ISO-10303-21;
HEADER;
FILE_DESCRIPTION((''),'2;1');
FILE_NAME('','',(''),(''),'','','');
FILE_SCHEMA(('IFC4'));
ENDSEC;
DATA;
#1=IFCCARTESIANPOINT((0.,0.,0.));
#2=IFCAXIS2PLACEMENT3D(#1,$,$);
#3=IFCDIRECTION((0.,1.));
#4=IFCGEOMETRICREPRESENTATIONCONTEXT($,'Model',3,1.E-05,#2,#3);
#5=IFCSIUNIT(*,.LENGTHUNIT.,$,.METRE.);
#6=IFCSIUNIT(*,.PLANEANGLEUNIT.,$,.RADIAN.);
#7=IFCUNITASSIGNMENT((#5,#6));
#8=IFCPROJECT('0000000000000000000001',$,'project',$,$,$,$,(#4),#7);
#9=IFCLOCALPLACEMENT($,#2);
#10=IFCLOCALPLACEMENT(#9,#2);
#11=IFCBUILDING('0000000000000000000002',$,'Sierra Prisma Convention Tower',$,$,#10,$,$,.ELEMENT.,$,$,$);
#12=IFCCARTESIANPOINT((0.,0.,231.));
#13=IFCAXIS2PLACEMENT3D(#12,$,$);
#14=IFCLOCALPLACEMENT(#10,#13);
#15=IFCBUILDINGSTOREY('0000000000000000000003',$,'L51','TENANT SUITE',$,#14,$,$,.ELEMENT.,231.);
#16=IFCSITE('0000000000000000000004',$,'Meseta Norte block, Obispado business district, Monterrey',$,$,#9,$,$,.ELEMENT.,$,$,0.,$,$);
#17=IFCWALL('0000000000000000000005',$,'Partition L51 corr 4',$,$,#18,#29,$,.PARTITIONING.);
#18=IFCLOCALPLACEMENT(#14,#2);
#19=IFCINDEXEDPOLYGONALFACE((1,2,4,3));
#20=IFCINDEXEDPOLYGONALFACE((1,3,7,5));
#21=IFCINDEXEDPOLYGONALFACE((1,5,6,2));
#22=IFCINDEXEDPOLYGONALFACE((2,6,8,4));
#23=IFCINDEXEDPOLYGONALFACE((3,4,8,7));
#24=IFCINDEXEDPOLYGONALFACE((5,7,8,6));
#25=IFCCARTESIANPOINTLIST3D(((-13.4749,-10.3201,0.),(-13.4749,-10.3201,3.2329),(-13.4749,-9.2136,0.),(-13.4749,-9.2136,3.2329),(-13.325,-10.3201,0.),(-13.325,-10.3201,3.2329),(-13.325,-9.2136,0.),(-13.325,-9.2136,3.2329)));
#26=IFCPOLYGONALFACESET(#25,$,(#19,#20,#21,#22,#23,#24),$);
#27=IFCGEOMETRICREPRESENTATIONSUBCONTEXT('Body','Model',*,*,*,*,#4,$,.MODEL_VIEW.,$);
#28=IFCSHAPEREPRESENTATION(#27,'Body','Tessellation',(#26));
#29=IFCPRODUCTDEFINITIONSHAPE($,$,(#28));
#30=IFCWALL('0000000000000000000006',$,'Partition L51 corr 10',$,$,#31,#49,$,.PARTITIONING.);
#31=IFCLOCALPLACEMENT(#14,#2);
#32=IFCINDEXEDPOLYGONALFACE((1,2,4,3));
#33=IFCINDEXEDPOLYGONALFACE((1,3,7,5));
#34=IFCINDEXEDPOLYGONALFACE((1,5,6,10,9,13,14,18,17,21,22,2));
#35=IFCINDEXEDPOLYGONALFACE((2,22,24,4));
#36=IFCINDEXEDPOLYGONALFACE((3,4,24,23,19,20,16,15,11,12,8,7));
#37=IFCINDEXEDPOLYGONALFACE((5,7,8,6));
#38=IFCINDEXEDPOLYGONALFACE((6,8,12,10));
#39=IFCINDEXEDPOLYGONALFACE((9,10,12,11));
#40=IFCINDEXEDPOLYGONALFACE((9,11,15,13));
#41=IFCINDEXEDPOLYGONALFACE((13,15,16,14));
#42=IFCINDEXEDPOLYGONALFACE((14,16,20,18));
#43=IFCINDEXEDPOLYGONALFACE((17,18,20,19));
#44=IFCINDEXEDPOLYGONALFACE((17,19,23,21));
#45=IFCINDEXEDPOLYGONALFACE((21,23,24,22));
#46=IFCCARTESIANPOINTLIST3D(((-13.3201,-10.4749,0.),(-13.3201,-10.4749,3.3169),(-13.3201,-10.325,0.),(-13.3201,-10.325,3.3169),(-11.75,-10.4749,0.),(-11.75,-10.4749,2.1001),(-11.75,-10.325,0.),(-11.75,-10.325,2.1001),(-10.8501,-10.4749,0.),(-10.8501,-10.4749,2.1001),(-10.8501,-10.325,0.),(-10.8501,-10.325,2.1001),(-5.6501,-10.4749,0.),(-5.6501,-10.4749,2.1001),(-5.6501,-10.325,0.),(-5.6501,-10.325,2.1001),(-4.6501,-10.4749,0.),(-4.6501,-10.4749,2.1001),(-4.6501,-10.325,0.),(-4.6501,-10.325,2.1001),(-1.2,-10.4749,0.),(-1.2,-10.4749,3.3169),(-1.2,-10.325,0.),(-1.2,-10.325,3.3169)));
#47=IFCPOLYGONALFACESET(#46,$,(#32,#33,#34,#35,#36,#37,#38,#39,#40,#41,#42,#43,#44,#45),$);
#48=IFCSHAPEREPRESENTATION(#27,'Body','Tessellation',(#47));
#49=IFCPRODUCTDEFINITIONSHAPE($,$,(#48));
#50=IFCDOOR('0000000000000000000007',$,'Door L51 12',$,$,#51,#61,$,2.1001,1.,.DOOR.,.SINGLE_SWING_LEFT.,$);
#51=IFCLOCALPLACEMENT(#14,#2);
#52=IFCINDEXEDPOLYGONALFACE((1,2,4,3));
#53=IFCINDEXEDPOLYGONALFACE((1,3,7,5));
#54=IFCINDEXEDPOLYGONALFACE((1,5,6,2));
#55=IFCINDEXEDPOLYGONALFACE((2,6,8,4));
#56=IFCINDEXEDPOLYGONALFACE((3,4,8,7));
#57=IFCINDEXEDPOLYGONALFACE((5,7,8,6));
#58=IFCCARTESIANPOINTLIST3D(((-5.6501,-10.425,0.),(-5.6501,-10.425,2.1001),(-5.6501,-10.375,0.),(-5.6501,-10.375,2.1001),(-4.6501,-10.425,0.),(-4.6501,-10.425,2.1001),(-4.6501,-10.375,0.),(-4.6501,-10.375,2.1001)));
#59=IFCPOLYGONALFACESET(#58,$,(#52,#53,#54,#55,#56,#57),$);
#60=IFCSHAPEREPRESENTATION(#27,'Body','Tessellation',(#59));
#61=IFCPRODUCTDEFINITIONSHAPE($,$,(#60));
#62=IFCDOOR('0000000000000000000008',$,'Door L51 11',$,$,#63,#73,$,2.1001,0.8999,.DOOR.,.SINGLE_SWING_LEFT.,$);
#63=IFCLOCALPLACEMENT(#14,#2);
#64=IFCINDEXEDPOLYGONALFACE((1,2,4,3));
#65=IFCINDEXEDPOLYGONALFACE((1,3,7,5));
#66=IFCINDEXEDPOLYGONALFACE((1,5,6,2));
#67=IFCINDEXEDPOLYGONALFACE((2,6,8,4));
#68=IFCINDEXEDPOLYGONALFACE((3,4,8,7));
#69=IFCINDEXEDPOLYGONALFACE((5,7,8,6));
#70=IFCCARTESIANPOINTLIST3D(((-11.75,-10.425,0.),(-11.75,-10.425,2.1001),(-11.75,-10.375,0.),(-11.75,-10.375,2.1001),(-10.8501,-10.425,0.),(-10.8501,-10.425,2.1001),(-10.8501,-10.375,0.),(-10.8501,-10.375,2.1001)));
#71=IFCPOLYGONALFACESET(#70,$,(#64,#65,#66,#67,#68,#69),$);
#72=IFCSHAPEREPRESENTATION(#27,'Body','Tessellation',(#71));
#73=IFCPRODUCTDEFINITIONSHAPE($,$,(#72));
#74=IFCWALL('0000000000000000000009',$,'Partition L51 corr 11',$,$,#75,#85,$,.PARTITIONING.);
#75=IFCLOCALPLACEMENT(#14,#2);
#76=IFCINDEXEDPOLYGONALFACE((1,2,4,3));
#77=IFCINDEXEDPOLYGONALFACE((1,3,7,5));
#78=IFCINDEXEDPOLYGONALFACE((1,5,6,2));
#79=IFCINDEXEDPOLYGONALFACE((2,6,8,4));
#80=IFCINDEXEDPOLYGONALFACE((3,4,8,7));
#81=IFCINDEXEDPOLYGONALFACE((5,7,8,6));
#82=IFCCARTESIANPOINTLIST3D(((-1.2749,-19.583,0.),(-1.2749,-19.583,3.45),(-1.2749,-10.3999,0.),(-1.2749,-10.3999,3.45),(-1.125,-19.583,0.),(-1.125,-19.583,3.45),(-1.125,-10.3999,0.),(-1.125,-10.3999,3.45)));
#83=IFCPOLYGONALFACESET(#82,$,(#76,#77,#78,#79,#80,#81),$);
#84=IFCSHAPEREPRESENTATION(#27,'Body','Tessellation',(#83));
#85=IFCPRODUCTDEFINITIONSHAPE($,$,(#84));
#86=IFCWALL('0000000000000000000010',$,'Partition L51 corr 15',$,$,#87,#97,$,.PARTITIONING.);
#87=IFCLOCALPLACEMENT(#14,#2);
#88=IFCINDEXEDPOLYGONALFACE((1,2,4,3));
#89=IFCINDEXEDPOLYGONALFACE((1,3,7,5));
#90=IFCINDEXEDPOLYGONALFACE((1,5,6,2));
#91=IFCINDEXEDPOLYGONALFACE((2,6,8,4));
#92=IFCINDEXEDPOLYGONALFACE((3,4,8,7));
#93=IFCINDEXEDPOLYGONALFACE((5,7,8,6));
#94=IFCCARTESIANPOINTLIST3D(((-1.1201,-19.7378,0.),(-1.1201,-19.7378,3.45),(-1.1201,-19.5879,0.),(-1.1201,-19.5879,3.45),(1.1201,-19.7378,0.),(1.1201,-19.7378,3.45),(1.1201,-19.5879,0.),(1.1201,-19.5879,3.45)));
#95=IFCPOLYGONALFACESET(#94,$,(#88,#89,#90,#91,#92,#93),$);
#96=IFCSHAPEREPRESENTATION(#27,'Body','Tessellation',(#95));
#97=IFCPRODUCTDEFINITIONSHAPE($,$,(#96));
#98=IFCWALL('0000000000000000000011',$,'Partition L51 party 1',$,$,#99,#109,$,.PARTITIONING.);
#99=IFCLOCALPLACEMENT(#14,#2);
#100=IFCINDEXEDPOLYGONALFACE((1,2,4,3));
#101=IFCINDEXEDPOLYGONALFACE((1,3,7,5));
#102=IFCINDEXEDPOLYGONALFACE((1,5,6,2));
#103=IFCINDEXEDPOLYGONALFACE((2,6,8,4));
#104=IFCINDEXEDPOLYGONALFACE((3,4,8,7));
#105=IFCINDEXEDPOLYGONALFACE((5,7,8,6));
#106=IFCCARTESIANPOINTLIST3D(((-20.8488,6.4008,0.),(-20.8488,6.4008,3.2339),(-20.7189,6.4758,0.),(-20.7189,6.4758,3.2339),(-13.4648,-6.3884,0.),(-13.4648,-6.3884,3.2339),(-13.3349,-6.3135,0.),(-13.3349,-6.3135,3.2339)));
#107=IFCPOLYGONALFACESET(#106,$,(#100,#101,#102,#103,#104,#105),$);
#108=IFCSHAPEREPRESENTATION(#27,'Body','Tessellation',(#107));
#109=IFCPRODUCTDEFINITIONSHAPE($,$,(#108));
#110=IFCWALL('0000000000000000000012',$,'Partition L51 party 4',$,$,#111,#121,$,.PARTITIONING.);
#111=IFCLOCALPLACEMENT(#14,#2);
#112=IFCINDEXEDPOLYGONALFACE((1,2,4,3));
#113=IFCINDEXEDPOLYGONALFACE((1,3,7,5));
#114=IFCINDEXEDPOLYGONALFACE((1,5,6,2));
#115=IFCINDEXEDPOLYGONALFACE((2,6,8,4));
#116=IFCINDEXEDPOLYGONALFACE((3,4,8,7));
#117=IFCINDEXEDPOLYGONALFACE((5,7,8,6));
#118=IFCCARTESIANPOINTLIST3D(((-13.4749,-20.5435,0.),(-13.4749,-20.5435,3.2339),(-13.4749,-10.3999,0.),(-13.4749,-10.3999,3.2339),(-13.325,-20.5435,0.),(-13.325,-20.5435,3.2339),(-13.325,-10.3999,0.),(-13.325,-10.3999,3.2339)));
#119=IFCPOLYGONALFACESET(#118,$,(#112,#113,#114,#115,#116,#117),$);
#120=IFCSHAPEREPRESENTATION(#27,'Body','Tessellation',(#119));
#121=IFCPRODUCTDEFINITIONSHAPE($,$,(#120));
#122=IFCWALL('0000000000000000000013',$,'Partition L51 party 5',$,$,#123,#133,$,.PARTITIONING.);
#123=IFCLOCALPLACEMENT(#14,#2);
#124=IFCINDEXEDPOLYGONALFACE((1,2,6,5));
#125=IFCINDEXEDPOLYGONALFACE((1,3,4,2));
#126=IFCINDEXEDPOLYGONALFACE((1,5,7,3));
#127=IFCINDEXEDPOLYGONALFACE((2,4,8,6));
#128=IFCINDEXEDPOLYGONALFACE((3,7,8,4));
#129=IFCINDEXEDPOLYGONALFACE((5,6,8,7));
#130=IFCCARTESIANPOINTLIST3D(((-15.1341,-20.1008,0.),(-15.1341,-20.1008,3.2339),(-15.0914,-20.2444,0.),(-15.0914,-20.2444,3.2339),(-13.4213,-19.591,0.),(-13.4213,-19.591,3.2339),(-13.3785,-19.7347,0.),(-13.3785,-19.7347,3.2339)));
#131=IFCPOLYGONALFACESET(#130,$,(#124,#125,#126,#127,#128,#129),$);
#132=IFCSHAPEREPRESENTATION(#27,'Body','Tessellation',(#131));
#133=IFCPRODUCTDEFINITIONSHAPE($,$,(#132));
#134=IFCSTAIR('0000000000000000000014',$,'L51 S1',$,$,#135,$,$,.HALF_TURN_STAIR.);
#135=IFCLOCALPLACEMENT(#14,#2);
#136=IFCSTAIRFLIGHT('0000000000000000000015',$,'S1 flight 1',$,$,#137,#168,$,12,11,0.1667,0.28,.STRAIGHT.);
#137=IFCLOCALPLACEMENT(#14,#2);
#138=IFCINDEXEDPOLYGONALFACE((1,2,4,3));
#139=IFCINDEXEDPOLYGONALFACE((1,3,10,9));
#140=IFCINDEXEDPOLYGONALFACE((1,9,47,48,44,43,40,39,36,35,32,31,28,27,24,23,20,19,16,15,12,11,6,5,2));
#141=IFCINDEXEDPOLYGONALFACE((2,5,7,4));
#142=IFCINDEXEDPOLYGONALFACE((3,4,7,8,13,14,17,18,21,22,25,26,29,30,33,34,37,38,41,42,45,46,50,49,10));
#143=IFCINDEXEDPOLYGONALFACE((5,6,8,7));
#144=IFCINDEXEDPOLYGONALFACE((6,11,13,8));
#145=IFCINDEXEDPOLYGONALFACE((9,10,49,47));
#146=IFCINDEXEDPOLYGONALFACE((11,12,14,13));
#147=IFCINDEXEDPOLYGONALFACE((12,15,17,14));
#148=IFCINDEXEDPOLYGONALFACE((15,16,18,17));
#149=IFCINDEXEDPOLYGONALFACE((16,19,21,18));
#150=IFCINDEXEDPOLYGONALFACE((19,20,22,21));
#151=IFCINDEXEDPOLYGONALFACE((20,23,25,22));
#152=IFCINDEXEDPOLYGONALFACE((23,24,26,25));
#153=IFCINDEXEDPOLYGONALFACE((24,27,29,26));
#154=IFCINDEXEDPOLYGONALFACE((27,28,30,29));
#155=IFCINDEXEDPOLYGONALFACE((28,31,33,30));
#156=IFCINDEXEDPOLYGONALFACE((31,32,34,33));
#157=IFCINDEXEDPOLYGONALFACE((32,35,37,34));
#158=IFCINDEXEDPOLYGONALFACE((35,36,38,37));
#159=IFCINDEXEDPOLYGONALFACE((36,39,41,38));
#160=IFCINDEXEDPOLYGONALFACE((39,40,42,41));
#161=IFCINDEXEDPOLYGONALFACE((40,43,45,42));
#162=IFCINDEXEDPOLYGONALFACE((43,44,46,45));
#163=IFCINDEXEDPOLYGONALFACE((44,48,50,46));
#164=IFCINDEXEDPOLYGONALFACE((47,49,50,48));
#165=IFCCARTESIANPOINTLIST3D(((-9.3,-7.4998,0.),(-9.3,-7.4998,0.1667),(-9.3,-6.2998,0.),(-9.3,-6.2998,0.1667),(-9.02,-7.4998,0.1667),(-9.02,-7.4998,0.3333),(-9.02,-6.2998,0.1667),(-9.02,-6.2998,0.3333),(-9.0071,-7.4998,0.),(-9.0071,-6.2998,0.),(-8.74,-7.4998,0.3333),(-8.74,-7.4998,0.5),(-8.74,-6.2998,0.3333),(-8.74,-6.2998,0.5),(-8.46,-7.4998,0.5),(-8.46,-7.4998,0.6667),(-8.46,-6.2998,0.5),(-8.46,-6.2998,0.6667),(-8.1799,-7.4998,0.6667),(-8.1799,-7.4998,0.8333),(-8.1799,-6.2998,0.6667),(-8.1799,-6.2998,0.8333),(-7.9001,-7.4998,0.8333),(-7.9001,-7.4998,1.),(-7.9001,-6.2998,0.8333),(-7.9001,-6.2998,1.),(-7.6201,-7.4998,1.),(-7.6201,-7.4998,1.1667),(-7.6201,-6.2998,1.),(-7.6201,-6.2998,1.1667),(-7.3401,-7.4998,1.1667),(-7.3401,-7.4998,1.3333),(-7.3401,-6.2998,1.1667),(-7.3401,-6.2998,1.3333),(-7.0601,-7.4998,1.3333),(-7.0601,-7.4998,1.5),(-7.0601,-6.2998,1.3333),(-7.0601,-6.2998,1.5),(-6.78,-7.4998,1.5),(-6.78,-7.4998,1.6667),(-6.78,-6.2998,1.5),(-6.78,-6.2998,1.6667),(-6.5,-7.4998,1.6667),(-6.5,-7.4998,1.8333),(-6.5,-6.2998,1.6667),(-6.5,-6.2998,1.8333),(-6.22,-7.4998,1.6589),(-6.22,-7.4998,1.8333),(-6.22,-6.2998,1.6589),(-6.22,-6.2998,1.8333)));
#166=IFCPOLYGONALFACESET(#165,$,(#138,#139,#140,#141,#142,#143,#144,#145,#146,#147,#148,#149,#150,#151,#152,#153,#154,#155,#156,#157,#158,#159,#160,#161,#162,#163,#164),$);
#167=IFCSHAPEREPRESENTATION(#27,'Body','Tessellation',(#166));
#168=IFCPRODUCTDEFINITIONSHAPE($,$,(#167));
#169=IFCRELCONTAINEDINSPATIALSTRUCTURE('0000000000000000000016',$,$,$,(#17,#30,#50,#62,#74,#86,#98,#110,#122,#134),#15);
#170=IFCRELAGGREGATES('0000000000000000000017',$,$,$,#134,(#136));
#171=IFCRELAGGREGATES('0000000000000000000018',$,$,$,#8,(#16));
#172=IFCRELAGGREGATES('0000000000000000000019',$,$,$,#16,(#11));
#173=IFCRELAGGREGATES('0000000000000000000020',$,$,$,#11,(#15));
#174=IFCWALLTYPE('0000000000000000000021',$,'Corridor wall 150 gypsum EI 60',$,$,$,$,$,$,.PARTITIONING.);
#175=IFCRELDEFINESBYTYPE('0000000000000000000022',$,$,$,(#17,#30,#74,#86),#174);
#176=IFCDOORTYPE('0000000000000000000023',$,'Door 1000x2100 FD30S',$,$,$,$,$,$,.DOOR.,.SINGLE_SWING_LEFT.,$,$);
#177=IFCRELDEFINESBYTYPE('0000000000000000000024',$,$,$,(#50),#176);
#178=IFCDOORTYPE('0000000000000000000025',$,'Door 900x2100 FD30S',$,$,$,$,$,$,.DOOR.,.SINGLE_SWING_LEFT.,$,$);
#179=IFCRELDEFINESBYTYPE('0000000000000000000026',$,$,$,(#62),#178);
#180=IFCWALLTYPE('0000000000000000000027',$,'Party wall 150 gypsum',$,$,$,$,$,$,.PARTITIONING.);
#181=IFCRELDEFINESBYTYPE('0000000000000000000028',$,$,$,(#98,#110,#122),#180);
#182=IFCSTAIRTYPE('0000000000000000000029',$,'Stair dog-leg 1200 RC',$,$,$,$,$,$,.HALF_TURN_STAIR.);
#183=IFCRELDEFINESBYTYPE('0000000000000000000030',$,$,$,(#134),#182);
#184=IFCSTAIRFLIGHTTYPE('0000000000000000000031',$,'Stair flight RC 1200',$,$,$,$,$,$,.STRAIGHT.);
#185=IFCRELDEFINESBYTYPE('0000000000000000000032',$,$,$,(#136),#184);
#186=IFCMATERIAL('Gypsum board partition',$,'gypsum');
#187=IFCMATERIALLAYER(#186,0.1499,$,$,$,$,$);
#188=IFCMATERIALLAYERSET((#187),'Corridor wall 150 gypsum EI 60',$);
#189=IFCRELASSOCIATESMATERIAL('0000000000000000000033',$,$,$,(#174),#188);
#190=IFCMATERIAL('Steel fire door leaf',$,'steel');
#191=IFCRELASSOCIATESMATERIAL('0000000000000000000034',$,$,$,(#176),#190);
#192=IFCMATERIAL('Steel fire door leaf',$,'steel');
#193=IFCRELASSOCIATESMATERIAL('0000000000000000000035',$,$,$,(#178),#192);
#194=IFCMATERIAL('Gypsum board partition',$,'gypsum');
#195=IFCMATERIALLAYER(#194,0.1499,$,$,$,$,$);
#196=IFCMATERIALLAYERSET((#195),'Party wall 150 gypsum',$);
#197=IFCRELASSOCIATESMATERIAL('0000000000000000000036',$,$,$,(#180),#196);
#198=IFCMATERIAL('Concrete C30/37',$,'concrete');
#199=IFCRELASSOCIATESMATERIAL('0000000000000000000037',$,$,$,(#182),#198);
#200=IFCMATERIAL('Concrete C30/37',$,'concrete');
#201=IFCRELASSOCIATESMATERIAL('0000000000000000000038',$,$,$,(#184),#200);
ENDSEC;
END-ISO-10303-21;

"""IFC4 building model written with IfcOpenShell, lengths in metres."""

from ifc_helpers import new_model, si_unit, direction, frame, frame_2d, origin, place, context, subcontext, project, spatial, polyline, rectangle, outline, extrude, material, layer, layer_set, type_object, element, fill, aggregate, save


model = new_model("IFC4")

# Units and contexts
model_context = context("Model", 3, precision=1e-05, world=origin(), true_north=direction((0.0, 1.0)))
body_context = subcontext(model_context, "Body", "Model", "MODEL_VIEW")
ifc_project = project(units=[si_unit("LENGTHUNIT", "METRE"), si_unit("PLANEANGLEUNIT", "RADIAN")], contexts=[model_context])

# Site, building, storey
site_placement = place(None, origin())
site = spatial("IfcSite", under=ifc_project, at=site_placement, Name="Meseta Norte block, Obispado business district, Monterrey", CompositionType="ELEMENT", RefElevation=0.0)
building_placement = place(site_placement, origin())
building = spatial("IfcBuilding", under=site, at=building_placement, Name="Sierra Prisma Convention Tower", CompositionType="ELEMENT")
storey_placement = place(building_placement, frame((0.0, 0.0, 231.0)))
storey = spatial("IfcBuildingStorey", under=building, at=storey_placement, Name="L51", Description="TENANT SUITE", CompositionType="ELEMENT", Elevation=231.0)

# Shared definitions
ifc_material_1 = material(Name="Gypsum board partition", Category="gypsum")
ifc_layer_1 = layer(ifc_material_1, 0.1499)
ifc_layer_set_1 = layer_set([ifc_layer_1], Name="Corridor wall 150 gypsum EI 60")
wall_type_1 = type_object("IfcWallType", Name="Corridor wall 150 gypsum EI 60", PredefinedType="PARTITIONING", material=ifc_layer_set_1)
ifc_material_2 = material(Name="Steel fire door leaf", Category="steel")
door_type_1 = type_object("IfcDoorType", Name="Door 1000x2100 FD30S", OperationType="SINGLE_SWING_LEFT", PredefinedType="DOOR", material=ifc_material_2)
ifc_material_3 = material(Name="Steel fire door leaf", Category="steel")
door_type_2 = type_object("IfcDoorType", Name="Door 900x2100 FD30S", OperationType="SINGLE_SWING_LEFT", PredefinedType="DOOR", material=ifc_material_3)

# Wall
wall_1_placement = place(storey_placement, frame((-13.3999, -9.2136, 0.0), z_axis=(0.0, 0.0, 1.0), x_axis=(0.0, -1.0, 0.0)))
element("IfcWall", 1, at=wall_1_placement, inside=storey, type_object=wall_type_1, Name="Partition L51 corr 4", PredefinedType="PARTITIONING", context=body_context, shape_type="SweptSolid", body=[
    extrude(rectangle(XDim=1.1064, YDim=0.1499, at=frame_2d((0.5532, 0.0))), origin(), (0.0, 0.0, 1.0), 3.2329),
])

# Wall, openings, doors
wall_2_placement = place(storey_placement, frame((-13.3201, -10.3999, 0.0), z_axis=(0.0, 0.0, 1.0), x_axis=(1.0, 0.0, 0.0)))
wall_2 = element("IfcWall", 2, at=wall_2_placement, inside=storey, type_object=wall_type_1, Name="Partition L51 corr 10", PredefinedType="PARTITIONING", context=body_context, shape_type="SweptSolid", body=[
    extrude(rectangle(XDim=12.1201, YDim=0.1499, at=frame_2d((6.0601, 0.0))), origin(), (0.0, 0.0, 1.0), 3.3169),
])
opening_1_placement = place(wall_2_placement, frame((1.5701, 0.0, 0.0)))
opening_1 = element("IfcOpeningElement", 3, at=opening_1_placement, cuts=wall_2, PredefinedType="OPENING", context=body_context, shape_type="SweptSolid", body=[
    extrude(rectangle(XDim=0.8999, YDim=2.1001, at=frame_2d((0.45, 1.05))), frame((0.0, 0.075, 0.0), z_axis=(0.0, -1.0, 0.0), x_axis=(1.0, 0.0, 0.0)), (0.0, 0.0, 1.0), 0.1499),
])
opening_2_placement = place(wall_2_placement, frame((7.6699, 0.0, 0.0)))
opening_2 = element("IfcOpeningElement", 4, at=opening_2_placement, cuts=wall_2, PredefinedType="OPENING", context=body_context, shape_type="SweptSolid", body=[
    extrude(rectangle(XDim=1.0, YDim=2.1001, at=frame_2d((0.5, 1.05))), frame((0.0, 0.075, 0.0), z_axis=(0.0, -1.0, 0.0), x_axis=(1.0, 0.0, 0.0)), (0.0, 0.0, 1.0), 0.1499),
])
door_1_placement = place(opening_2_placement, origin())
door_1 = element("IfcDoor", 5, at=door_1_placement, inside=storey, type_object=door_type_1, Name="Door L51 12", OperationType="SINGLE_SWING_LEFT", OverallHeight=2.1001, OverallWidth=1.0, PredefinedType="DOOR", context=body_context, shape_type="SweptSolid", body=[
    extrude(rectangle(XDim=1.0, YDim=2.1001, at=frame_2d((0.5, 1.05))), frame((0.0, 0.0249, 0.0), z_axis=(0.0, -1.0, 0.0), x_axis=(1.0, 0.0, 0.0)), (0.0, 0.0, 1.0), 0.05),
])
fill(opening_2, door_1)
door_2_placement = place(opening_1_placement, origin())
door_2 = element("IfcDoor", 6, at=door_2_placement, inside=storey, type_object=door_type_2, Name="Door L51 11", OperationType="SINGLE_SWING_LEFT", OverallHeight=2.1001, OverallWidth=0.8999, PredefinedType="DOOR", context=body_context, shape_type="SweptSolid", body=[
    extrude(rectangle(XDim=0.8999, YDim=2.1001, at=frame_2d((0.45, 1.05))), frame((0.0, 0.0249, 0.0), z_axis=(0.0, -1.0, 0.0), x_axis=(1.0, 0.0, 0.0)), (0.0, 0.0, 1.0), 0.05),
])
fill(opening_1, door_2)

# Walls
wall_3_placement = place(storey_placement, frame((-1.2, -10.3999, 0.0), z_axis=(0.0, 0.0, 1.0), x_axis=(0.0, -1.0, 0.0)))
element("IfcWall", 7, at=wall_3_placement, inside=storey, type_object=wall_type_1, Name="Partition L51 corr 11", PredefinedType="PARTITIONING", context=body_context, shape_type="SweptSolid", body=[
    extrude(rectangle(XDim=9.1831, YDim=0.1499, at=frame_2d((4.5916, 0.0))), origin(), (0.0, 0.0, 1.0), 3.45),
])
wall_4_placement = place(storey_placement, frame((-1.1201, -19.6628, 0.0), z_axis=(0.0, 0.0, 1.0), x_axis=(1.0, 0.0, 0.0)))
element("IfcWall", 8, at=wall_4_placement, inside=storey, type_object=wall_type_1, Name="Partition L51 corr 15", PredefinedType="PARTITIONING", context=body_context, shape_type="SweptSolid", body=[
    extrude(rectangle(XDim=2.2402, YDim=0.1499, at=frame_2d((1.1201, 0.0))), origin(), (0.0, 0.0, 1.0), 3.45),
])
ifc_material_4 = material(Name="Gypsum board partition", Category="gypsum")
ifc_layer_2 = layer(ifc_material_4, 0.1499)
ifc_layer_set_2 = layer_set([ifc_layer_2], Name="Party wall 150 gypsum")
wall_type_2 = type_object("IfcWallType", Name="Party wall 150 gypsum", PredefinedType="PARTITIONING", material=ifc_layer_set_2)
wall_5_placement = place(storey_placement, frame((-13.3999, -6.3508, 0.0), z_axis=(0.0, 0.0, 1.0), x_axis=(-0.500006, 0.866022, 0.0)))
element("IfcWall", 9, at=wall_5_placement, inside=storey, type_object=wall_type_2, Name="Partition L51 party 1", PredefinedType="PARTITIONING", context=body_context, shape_type="SweptSolid", body=[
    extrude(rectangle(XDim=14.7678, YDim=0.1499, at=frame_2d((7.3838, 0.0))), origin(), (0.0, 0.0, 1.0), 3.2339),
])
wall_6_placement = place(storey_placement, frame((-13.3999, -10.3999, 0.0), z_axis=(0.0, 0.0, 1.0), x_axis=(0.0, -1.0, 0.0)))
element("IfcWall", 10, at=wall_6_placement, inside=storey, type_object=wall_type_2, Name="Partition L51 party 4", PredefinedType="PARTITIONING", context=body_context, shape_type="SweptSolid", body=[
    extrude(rectangle(XDim=10.1436, YDim=0.1499, at=frame_2d((5.0718, 0.0))), origin(), (0.0, 0.0, 1.0), 3.2339),
])
wall_7_placement = place(storey_placement, frame((-13.3999, -19.6628, 0.0), z_axis=(0.0, 0.0, 1.0), x_axis=(-0.958456, -0.285242, 0.0)))
element("IfcWall", 11, at=wall_7_placement, inside=storey, type_object=wall_type_2, Name="Partition L51 party 5", PredefinedType="PARTITIONING", context=body_context, shape_type="SweptSolid", body=[
    extrude(rectangle(XDim=1.7871, YDim=0.1499, at=frame_2d((0.8936, 0.0))), origin(), (0.0, 0.0, 1.0), 3.2339),
])

# Stair, stair flight
ifc_material_5 = material(Name="Concrete C30/37", Category="concrete")
stair_type = type_object("IfcStairType", Name="Stair dog-leg 1200 RC", PredefinedType="HALF_TURN_STAIR", material=ifc_material_5)
stair_placement = place(storey_placement, origin())
stair = element("IfcStair", 12, at=stair_placement, inside=storey, type_object=stair_type, Name="L51 S1", PredefinedType="HALF_TURN_STAIR")
ifc_material_6 = material(Name="Concrete C30/37", Category="concrete")
stair_flight_type = type_object("IfcStairFlightType", Name="Stair flight RC 1200", PredefinedType="STRAIGHT", material=ifc_material_6)
stair_flight_placement = place(storey_placement, frame((-9.3, -6.8999, 0.0), z_axis=(0.0, 0.0, 1.0), x_axis=(1.0, 0.0, 0.0)))
stair_flight = element("IfcStairFlight", 13, at=stair_flight_placement, type_object=stair_flight_type, Name="S1 flight 1", NumberOfRisers=12, NumberOfTreads=11, PredefinedType="STRAIGHT", RiserHeight=0.1667, TreadLength=0.28, context=body_context, shape_type="SweptSolid", body=[
    extrude(outline(polyline([(0.0, 0.0), (0.0, 0.1667), (0.28, 0.1667), (0.28, 0.3333), (0.5601, 0.3333), (0.5601, 0.5), (0.8401, 0.5), (0.8401, 0.6667), (1.1201, 0.6667), (1.1201, 0.8333), (1.3999, 0.8333), (1.3999, 1.0), (1.6799, 1.0), (1.6799, 1.1667), (1.96, 1.1667), (1.96, 1.3333), (2.24, 1.3333), (2.24, 1.5), (2.52, 1.5), (2.52, 1.6667), (2.8, 1.6667), (2.8, 1.8333), (3.0801, 1.8333), (3.0801, 2.0), (3.0801, 1.6589), (0.293, 0.0), (0.0, 0.0)])), frame((0.0, 0.6001, 0.0), z_axis=(0.0, -1.0, 0.0), x_axis=(1.0, 0.0, 0.0)), (0.0, 0.0, 1.0), 1.2),
])
aggregate(stair, [stair_flight])

save(model, "model.ifc")
